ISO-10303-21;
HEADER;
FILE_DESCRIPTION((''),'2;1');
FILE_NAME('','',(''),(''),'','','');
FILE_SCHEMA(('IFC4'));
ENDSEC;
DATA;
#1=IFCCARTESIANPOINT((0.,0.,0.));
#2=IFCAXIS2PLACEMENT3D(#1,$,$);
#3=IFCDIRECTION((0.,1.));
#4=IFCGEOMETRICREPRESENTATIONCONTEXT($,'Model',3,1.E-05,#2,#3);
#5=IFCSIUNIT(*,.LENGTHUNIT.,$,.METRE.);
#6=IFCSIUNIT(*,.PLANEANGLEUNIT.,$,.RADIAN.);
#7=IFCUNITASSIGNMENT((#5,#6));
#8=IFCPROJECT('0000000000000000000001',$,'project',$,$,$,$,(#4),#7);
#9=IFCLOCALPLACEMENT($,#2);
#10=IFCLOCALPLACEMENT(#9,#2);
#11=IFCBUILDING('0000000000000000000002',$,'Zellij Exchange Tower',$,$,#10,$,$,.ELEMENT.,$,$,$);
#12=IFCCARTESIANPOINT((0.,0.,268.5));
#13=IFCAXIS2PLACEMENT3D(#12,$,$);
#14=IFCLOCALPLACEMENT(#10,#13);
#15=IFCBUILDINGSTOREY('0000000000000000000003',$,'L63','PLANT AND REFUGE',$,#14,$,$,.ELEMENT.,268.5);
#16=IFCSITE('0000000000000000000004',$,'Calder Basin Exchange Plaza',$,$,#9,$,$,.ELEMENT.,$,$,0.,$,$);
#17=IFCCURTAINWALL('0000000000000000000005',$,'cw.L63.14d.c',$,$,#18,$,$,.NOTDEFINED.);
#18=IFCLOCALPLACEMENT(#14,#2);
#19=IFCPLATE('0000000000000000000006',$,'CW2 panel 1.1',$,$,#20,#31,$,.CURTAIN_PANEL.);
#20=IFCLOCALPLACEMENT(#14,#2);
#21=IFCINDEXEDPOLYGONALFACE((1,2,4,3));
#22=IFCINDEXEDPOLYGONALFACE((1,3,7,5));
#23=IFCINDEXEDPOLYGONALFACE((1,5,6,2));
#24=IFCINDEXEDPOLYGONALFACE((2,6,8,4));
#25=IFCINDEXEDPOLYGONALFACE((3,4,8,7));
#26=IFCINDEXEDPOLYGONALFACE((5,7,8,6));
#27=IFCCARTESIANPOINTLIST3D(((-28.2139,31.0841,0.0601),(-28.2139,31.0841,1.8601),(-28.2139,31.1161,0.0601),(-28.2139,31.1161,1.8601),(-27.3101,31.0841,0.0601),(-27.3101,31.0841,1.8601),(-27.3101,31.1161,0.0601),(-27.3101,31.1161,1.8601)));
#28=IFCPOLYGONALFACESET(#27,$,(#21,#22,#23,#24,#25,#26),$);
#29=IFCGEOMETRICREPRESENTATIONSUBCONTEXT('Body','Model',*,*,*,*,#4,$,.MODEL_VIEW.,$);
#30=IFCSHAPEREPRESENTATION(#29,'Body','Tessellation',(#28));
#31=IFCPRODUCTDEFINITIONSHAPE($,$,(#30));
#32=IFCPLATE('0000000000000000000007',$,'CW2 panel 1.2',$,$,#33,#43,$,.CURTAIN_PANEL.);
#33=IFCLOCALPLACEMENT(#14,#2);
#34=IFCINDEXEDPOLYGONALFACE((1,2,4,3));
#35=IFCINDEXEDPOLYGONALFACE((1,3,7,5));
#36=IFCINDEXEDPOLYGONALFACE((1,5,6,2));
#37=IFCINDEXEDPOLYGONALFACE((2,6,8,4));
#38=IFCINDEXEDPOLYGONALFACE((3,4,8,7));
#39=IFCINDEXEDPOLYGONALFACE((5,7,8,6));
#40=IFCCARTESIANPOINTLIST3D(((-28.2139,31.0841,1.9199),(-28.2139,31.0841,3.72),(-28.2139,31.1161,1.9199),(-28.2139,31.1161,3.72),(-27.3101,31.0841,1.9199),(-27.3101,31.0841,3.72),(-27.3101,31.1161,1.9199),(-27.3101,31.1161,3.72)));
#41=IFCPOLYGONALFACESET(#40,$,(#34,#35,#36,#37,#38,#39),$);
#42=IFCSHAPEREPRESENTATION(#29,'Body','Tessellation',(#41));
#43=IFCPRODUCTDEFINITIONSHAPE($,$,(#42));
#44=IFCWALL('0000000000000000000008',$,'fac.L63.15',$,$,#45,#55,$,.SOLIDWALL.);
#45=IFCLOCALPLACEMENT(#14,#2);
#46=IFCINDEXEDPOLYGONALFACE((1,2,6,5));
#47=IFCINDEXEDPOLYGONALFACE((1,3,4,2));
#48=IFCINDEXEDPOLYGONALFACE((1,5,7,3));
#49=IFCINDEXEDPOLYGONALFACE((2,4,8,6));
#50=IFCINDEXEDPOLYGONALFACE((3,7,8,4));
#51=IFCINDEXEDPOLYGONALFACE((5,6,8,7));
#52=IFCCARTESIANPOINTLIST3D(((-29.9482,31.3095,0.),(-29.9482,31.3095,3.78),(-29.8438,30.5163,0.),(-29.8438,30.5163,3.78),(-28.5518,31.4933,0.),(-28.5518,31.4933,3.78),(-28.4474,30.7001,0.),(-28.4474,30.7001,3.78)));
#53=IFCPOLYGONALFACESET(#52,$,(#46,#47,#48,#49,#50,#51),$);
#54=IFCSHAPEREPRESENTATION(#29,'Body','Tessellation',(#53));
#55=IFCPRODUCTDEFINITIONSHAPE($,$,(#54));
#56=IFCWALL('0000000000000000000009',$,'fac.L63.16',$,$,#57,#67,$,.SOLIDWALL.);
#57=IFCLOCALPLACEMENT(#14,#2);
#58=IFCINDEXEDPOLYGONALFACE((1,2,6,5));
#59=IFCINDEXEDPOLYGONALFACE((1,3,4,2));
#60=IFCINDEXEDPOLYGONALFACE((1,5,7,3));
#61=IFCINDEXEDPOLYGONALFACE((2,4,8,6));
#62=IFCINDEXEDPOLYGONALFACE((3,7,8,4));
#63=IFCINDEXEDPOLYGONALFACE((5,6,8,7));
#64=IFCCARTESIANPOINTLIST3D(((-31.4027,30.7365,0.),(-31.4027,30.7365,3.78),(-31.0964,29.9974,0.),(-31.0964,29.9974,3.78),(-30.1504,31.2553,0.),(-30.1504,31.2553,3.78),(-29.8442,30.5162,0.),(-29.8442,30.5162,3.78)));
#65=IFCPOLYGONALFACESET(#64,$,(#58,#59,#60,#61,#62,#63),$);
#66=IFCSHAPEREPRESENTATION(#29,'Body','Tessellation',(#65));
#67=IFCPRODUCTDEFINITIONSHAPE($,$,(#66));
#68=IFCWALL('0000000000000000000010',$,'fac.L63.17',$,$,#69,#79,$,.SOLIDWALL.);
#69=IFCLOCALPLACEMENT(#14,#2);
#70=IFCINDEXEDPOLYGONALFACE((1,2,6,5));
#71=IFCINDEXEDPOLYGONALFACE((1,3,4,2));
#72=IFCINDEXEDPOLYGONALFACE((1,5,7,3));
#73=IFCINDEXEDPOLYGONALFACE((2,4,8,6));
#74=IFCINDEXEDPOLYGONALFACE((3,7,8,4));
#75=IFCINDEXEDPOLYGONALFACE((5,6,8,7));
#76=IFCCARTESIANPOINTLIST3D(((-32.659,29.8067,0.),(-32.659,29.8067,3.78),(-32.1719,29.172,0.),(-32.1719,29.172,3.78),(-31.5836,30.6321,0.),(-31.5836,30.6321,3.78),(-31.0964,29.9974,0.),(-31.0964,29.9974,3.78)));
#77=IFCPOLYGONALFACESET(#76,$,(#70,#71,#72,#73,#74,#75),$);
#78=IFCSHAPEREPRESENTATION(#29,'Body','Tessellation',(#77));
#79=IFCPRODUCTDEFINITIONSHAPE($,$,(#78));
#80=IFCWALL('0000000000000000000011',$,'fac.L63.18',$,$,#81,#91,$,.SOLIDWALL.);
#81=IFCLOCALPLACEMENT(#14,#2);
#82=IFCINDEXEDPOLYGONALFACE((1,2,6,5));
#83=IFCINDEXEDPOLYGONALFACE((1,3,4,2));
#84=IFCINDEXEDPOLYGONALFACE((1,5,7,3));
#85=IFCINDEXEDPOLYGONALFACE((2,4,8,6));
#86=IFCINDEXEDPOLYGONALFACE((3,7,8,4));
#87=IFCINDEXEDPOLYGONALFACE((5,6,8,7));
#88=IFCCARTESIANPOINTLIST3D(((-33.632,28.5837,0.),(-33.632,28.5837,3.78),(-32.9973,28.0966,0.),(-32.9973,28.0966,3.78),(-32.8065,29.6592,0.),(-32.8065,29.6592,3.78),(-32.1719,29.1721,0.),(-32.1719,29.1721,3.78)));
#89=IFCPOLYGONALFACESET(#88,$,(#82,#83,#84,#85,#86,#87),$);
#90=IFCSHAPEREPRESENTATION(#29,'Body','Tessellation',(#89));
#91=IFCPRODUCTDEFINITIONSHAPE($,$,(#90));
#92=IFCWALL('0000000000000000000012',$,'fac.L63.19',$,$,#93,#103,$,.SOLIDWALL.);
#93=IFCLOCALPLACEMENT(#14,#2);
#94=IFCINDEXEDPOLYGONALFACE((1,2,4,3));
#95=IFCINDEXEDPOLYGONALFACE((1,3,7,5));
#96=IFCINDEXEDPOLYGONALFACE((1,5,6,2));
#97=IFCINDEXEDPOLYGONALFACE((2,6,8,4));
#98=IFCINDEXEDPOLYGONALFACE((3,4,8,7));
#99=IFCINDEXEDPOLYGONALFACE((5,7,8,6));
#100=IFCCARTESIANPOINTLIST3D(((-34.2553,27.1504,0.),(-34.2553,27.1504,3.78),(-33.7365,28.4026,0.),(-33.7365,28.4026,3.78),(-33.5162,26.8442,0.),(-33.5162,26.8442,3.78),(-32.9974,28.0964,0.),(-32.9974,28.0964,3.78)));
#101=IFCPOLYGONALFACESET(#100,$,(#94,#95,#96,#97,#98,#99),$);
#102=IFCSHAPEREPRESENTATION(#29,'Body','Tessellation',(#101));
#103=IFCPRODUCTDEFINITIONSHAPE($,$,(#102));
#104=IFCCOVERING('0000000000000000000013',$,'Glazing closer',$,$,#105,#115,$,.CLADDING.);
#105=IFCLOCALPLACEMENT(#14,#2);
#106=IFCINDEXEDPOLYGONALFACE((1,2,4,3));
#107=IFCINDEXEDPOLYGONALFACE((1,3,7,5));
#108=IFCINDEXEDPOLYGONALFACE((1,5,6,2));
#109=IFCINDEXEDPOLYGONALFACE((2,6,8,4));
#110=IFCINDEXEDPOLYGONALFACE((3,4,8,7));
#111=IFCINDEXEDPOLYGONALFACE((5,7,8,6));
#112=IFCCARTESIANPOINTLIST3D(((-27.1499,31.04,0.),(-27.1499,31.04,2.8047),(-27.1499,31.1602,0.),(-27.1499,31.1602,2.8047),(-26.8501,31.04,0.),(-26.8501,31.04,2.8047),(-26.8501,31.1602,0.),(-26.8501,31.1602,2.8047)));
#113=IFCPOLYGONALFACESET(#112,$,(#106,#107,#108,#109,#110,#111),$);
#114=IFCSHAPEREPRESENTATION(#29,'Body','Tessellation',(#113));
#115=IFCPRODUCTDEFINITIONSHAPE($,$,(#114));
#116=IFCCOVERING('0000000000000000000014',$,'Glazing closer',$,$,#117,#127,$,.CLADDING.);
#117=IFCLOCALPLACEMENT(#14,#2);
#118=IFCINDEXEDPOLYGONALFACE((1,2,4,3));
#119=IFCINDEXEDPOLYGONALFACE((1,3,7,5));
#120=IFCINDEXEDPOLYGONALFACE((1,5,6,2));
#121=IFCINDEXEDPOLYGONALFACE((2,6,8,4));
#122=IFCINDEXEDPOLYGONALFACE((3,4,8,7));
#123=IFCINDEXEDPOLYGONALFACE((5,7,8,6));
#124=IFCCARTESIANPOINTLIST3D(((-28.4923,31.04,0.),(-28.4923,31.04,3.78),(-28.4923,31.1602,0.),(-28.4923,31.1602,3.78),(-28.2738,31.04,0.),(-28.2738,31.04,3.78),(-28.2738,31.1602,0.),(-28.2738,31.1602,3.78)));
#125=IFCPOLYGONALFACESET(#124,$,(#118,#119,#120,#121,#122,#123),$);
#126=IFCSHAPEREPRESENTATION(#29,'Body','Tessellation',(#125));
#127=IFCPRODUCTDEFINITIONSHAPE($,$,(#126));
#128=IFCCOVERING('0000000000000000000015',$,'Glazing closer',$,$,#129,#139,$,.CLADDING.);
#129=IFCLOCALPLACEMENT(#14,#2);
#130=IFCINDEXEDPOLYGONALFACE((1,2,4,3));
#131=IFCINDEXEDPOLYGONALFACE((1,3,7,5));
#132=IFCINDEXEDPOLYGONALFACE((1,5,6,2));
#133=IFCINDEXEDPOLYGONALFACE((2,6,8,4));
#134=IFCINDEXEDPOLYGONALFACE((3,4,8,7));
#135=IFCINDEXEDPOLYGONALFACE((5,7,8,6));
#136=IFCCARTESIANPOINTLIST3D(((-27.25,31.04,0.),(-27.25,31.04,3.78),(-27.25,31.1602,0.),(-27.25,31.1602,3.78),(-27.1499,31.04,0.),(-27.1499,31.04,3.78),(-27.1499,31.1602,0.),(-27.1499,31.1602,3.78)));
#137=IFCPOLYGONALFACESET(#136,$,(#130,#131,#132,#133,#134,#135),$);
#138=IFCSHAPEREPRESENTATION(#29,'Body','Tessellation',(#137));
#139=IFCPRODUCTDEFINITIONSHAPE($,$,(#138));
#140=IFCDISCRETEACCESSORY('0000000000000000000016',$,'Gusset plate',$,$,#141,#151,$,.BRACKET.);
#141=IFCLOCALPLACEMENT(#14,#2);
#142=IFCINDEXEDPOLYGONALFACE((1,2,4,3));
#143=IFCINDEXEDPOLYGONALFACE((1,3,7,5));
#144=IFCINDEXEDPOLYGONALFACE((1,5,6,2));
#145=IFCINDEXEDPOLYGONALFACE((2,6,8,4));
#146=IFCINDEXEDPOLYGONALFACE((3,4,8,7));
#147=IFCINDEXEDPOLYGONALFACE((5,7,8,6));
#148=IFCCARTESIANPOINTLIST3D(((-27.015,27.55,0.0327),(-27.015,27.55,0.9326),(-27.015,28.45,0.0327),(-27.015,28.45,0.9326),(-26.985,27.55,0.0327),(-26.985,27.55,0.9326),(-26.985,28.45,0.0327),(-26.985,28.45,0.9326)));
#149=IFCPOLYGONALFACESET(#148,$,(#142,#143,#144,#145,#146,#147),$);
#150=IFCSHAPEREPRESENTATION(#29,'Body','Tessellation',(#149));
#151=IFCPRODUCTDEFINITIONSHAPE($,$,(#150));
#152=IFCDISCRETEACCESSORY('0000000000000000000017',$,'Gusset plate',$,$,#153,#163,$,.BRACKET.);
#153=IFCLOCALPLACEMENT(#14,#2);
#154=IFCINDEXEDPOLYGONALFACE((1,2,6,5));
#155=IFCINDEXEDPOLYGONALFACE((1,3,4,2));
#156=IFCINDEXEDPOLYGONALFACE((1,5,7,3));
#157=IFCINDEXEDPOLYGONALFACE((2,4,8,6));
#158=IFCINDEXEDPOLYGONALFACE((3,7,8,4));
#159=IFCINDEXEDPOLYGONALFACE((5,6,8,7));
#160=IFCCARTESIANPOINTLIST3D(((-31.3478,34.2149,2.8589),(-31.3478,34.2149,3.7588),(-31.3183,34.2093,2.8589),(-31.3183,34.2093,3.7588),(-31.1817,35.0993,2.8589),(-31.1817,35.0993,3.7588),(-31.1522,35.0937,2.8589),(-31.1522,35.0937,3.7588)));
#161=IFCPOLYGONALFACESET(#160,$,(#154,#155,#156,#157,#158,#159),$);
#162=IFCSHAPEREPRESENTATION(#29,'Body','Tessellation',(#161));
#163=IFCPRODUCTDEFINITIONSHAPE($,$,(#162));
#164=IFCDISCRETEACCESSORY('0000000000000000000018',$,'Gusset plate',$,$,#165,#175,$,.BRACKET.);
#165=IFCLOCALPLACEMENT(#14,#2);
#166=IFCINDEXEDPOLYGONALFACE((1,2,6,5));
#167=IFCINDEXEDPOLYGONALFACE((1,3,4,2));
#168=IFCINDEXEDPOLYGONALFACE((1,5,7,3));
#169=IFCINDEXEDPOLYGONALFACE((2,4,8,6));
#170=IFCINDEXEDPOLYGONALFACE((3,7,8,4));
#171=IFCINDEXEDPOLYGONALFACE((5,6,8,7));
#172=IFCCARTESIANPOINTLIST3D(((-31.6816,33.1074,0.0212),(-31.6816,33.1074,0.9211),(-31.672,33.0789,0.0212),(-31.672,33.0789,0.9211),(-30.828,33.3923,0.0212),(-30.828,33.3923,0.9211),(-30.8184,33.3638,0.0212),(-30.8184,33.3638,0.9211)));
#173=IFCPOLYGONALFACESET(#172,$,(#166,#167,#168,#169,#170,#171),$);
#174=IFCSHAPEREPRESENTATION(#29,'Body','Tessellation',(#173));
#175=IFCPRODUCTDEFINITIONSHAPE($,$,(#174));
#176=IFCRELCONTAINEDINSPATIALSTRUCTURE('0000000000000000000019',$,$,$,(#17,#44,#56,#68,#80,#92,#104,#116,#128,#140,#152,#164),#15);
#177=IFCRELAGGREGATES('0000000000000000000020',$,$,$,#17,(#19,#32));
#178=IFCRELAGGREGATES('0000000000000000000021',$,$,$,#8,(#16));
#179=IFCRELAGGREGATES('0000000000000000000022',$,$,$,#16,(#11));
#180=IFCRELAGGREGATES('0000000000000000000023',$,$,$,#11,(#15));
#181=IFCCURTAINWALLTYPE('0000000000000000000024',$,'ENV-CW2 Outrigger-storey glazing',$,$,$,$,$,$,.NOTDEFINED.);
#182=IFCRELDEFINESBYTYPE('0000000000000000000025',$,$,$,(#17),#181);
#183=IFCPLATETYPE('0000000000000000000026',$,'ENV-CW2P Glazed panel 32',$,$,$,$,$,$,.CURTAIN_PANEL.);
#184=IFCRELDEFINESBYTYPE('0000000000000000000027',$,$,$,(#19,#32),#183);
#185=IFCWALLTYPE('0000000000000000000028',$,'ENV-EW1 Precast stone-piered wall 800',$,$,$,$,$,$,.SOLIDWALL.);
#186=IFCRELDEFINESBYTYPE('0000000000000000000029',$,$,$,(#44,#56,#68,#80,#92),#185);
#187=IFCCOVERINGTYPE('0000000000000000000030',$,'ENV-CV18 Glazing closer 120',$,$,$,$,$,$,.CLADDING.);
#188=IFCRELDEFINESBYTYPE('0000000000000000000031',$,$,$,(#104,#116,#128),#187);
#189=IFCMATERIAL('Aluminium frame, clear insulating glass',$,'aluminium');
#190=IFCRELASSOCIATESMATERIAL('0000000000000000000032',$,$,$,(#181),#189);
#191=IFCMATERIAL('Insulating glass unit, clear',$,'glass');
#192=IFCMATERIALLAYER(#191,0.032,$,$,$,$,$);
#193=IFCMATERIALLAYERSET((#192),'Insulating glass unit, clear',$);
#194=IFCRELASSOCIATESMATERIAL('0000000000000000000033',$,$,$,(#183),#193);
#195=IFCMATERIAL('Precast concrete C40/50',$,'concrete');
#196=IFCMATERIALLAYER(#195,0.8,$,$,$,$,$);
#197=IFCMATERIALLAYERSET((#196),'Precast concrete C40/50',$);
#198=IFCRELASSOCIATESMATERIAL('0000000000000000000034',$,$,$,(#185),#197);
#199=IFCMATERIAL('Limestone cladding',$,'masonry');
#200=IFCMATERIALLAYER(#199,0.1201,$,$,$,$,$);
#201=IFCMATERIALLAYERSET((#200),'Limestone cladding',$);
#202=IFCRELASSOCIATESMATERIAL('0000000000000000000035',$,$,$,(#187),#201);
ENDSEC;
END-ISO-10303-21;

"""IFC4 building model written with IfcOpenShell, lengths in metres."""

from ifc_helpers import new_model, si_unit, direction, frame, frame_2d, origin, origin_2d, place, context, subcontext, project, spatial, rectangle, extrude, material, layer, layer_set, type_object, element, aggregate, save


model = new_model("IFC4")

# Units and contexts
model_context = context("Model", 3, precision=1e-05, world=origin(), true_north=direction((0.0, 1.0)))
body_context = subcontext(model_context, "Body", "Model", "MODEL_VIEW")
ifc_project = project(units=[si_unit("LENGTHUNIT", "METRE"), si_unit("PLANEANGLEUNIT", "RADIAN")], contexts=[model_context])

# Site, building, storey
site_placement = place(None, origin())
site = spatial("IfcSite", under=ifc_project, at=site_placement, Name="Calder Basin Exchange Plaza", CompositionType="ELEMENT", RefElevation=0.0)
building_placement = place(site_placement, origin())
building = spatial("IfcBuilding", under=site, at=building_placement, Name="Zellij Exchange Tower", CompositionType="ELEMENT")
storey_placement = place(building_placement, frame((0.0, 0.0, 268.5)))
storey = spatial("IfcBuildingStorey", under=building, at=storey_placement, Name="L63", Description="PLANT AND REFUGE", CompositionType="ELEMENT", Elevation=268.5)

# Curtain wall
ifc_material_1 = material(Name="Aluminium frame, clear insulating glass", Category="aluminium")
curtain_wall_type = type_object("IfcCurtainWallType", Name="ENV-CW2 Outrigger-storey glazing", PredefinedType="NOTDEFINED", material=ifc_material_1)
curtain_wall_placement = place(storey_placement, origin())
curtain_wall = element("IfcCurtainWall", 1, at=curtain_wall_placement, inside=storey, type_object=curtain_wall_type, Name="cw.L63.14d.c", PredefinedType="NOTDEFINED")

# Plates
ifc_material_2 = material(Name="Insulating glass unit, clear", Category="glass")
ifc_layer_1 = layer(ifc_material_2, 0.032)
ifc_layer_set_1 = layer_set([ifc_layer_1], Name="Insulating glass unit, clear")
plate_type = type_object("IfcPlateType", Name="ENV-CW2P Glazed panel 32", PredefinedType="CURTAIN_PANEL", material=ifc_layer_set_1)
plate_1_placement = place(storey_placement, frame((-27.762, 31.1001, 0.0601), z_axis=(0.0, 0.0, 1.0), x_axis=(-1.0, 0.0, 0.0)))
plate_1 = element("IfcPlate", 2, at=plate_1_placement, type_object=plate_type, Name="CW2 panel 1.1", PredefinedType="CURTAIN_PANEL", context=body_context, shape_type="SweptSolid", body=[
    extrude(rectangle(XDim=0.9038, YDim=0.032, at=origin_2d()), origin(), (0.0, 0.0, 1.0), 1.8),
])
plate_2_placement = place(storey_placement, frame((-27.762, 31.1001, 1.9199), z_axis=(0.0, 0.0, 1.0), x_axis=(-1.0, 0.0, 0.0)))
plate_2 = element("IfcPlate", 3, at=plate_2_placement, type_object=plate_type, Name="CW2 panel 1.2", PredefinedType="CURTAIN_PANEL", context=body_context, shape_type="SweptSolid", body=[
    extrude(rectangle(XDim=0.9038, YDim=0.032, at=origin_2d()), origin(), (0.0, 0.0, 1.0), 1.8),
])
aggregate(curtain_wall, [plate_1, plate_2])

# Walls
ifc_material_3 = material(Name="Precast concrete C40/50", Category="concrete")
ifc_layer_2 = layer(ifc_material_3, 0.8)
ifc_layer_set_2 = layer_set([ifc_layer_2], Name="Precast concrete C40/50")
wall_type = type_object("IfcWallType", Name="ENV-EW1 Precast stone-piered wall 800", PredefinedType="SOLIDWALL", material=ifc_layer_set_2)
wall_1_placement = place(storey_placement, frame((-28.4998, 31.0967, 0.0), z_axis=(0.0, 0.0, 1.0), x_axis=(-0.991446, -0.130517, 0.0)))
element("IfcWall", 4, at=wall_1_placement, inside=storey, type_object=wall_type, Name="fac.L63.15", PredefinedType="SOLIDWALL", context=body_context, shape_type="SweptSolid", body=[
    extrude(rectangle(XDim=1.4084, YDim=0.8, at=frame_2d((0.7041, 0.0))), origin(), (0.0, 0.0, 1.0), 3.78),
])
wall_2_placement = place(storey_placement, frame((-29.9973, 30.8857, 0.0), z_axis=(0.0, 0.0, 1.0), x_axis=(-0.923848, -0.38276, 0.0)))
element("IfcWall", 5, at=wall_2_placement, inside=storey, type_object=wall_type, Name="fac.L63.16", PredefinedType="SOLIDWALL", context=body_context, shape_type="SweptSolid", body=[
    extrude(rectangle(XDim=1.3555, YDim=0.8, at=frame_2d((0.6777, 0.0))), origin(), (0.0, 0.0, 1.0), 3.78),
])
for number, where, z_axis, x_axis, name in (
    (6, (-31.3401, 30.3147, 0.0), (0.0, 0.0, 1.0), (-0.793273, -0.608866, 0.0), "fac.L63.17"),
    (7, (-32.4893, 29.4155, 0.0), (0.0, 0.0, 1.0), (-0.608866, -0.793273, 0.0), "fac.L63.18"),
):
    element("IfcWall", number, at=place(storey_placement, frame(where, z_axis=z_axis, x_axis=x_axis)), inside=storey, type_object=wall_type, Name=name, PredefinedType="SOLIDWALL", context=body_context, shape_type="SweptSolid", body=[
        extrude(rectangle(XDim=1.3557, YDim=0.8, at=frame_2d((0.6777, 0.0))), origin(), (0.0, 0.0, 1.0), 3.78),
    ])
wall_3_placement = place(storey_placement, frame((-33.3669, 28.2495, 0.0), z_axis=(0.0, 0.0, 1.0), x_axis=(-0.38276, -0.923848, 0.0)))
element("IfcWall", 8, at=wall_3_placement, inside=storey, type_object=wall_type, Name="fac.L63.19", PredefinedType="SOLIDWALL", context=body_context, shape_type="SweptSolid", body=[
    extrude(rectangle(XDim=1.3555, YDim=0.8, at=frame_2d((0.6777, 0.0))), origin(), (0.0, 0.0, 1.0), 3.78),
])

# Coverings
ifc_material_4 = material(Name="Limestone cladding", Category="masonry")
ifc_layer_3 = layer(ifc_material_4, 0.1201)
ifc_layer_set_3 = layer_set([ifc_layer_3], Name="Limestone cladding")
covering_type = type_object("IfcCoveringType", Name="ENV-CV18 Glazing closer 120", PredefinedType="CLADDING", material=ifc_layer_set_3)
covering_1_placement = place(storey_placement, frame((-27.0, 31.1001, 0.0), z_axis=(0.0, 0.0, 1.0), x_axis=(-1.0, 0.0, 0.0)))
element("IfcCovering", 9, at=covering_1_placement, inside=storey, type_object=covering_type, Name="Glazing closer", PredefinedType="CLADDING", context=body_context, shape_type="SweptSolid", body=[
    extrude(rectangle(XDim=0.2998, YDim=0.1201, at=origin_2d()), origin(), (0.0, 0.0, 1.0), 2.8047),
])
covering_2_placement = place(storey_placement, frame((-28.3831, 31.1001, 0.0), z_axis=(0.0, 0.0, 1.0), x_axis=(-1.0, 0.0, 0.0)))
element("IfcCovering", 10, at=covering_2_placement, inside=storey, type_object=covering_type, Name="Glazing closer", PredefinedType="CLADDING", context=body_context, shape_type="SweptSolid", body=[
    extrude(rectangle(XDim=0.2185, YDim=0.1201, at=origin_2d()), origin(), (0.0, 0.0, 1.0), 3.78),
])
covering_3_placement = place(storey_placement, frame((-27.2, 31.1001, 0.0), z_axis=(0.0, 0.0, 1.0), x_axis=(-1.0, 0.0, 0.0)))
element("IfcCovering", 11, at=covering_3_placement, inside=storey, type_object=covering_type, Name="Glazing closer", PredefinedType="CLADDING", context=body_context, shape_type="SweptSolid", body=[
    extrude(rectangle(XDim=0.1001, YDim=0.1201, at=origin_2d()), origin(), (0.0, 0.0, 1.0), 3.78),
])

# Discrete accessories
for number, where, z_axis, x_axis, name in (
    (12, (-27.0, 28.0, 0.0327), (0.0, 0.0, 1.0), (0.0, 1.0, 0.0), "Gusset plate"),
    (13, (-31.25, 34.6543, 2.8589), (0.0, 0.0, 1.0), (0.184617, 0.982811, 0.0), "Gusset plate"),
    (14, (-31.25, 33.2356, 0.0212), (0.0, 0.0, 1.0), (0.948541, 0.316656, 0.0), "Gusset plate"),
):
    element("IfcDiscreteAccessory", number, at=place(storey_placement, frame(where, z_axis=z_axis, x_axis=x_axis)), inside=storey, Name=name, PredefinedType="BRACKET", context=body_context, shape_type="SweptSolid", body=[
        extrude(rectangle(XDim=0.8999, YDim=0.03, at=origin_2d()), origin(), (0.0, 0.0, 1.0), 0.8999),
    ])

save(model, "model.ifc")
